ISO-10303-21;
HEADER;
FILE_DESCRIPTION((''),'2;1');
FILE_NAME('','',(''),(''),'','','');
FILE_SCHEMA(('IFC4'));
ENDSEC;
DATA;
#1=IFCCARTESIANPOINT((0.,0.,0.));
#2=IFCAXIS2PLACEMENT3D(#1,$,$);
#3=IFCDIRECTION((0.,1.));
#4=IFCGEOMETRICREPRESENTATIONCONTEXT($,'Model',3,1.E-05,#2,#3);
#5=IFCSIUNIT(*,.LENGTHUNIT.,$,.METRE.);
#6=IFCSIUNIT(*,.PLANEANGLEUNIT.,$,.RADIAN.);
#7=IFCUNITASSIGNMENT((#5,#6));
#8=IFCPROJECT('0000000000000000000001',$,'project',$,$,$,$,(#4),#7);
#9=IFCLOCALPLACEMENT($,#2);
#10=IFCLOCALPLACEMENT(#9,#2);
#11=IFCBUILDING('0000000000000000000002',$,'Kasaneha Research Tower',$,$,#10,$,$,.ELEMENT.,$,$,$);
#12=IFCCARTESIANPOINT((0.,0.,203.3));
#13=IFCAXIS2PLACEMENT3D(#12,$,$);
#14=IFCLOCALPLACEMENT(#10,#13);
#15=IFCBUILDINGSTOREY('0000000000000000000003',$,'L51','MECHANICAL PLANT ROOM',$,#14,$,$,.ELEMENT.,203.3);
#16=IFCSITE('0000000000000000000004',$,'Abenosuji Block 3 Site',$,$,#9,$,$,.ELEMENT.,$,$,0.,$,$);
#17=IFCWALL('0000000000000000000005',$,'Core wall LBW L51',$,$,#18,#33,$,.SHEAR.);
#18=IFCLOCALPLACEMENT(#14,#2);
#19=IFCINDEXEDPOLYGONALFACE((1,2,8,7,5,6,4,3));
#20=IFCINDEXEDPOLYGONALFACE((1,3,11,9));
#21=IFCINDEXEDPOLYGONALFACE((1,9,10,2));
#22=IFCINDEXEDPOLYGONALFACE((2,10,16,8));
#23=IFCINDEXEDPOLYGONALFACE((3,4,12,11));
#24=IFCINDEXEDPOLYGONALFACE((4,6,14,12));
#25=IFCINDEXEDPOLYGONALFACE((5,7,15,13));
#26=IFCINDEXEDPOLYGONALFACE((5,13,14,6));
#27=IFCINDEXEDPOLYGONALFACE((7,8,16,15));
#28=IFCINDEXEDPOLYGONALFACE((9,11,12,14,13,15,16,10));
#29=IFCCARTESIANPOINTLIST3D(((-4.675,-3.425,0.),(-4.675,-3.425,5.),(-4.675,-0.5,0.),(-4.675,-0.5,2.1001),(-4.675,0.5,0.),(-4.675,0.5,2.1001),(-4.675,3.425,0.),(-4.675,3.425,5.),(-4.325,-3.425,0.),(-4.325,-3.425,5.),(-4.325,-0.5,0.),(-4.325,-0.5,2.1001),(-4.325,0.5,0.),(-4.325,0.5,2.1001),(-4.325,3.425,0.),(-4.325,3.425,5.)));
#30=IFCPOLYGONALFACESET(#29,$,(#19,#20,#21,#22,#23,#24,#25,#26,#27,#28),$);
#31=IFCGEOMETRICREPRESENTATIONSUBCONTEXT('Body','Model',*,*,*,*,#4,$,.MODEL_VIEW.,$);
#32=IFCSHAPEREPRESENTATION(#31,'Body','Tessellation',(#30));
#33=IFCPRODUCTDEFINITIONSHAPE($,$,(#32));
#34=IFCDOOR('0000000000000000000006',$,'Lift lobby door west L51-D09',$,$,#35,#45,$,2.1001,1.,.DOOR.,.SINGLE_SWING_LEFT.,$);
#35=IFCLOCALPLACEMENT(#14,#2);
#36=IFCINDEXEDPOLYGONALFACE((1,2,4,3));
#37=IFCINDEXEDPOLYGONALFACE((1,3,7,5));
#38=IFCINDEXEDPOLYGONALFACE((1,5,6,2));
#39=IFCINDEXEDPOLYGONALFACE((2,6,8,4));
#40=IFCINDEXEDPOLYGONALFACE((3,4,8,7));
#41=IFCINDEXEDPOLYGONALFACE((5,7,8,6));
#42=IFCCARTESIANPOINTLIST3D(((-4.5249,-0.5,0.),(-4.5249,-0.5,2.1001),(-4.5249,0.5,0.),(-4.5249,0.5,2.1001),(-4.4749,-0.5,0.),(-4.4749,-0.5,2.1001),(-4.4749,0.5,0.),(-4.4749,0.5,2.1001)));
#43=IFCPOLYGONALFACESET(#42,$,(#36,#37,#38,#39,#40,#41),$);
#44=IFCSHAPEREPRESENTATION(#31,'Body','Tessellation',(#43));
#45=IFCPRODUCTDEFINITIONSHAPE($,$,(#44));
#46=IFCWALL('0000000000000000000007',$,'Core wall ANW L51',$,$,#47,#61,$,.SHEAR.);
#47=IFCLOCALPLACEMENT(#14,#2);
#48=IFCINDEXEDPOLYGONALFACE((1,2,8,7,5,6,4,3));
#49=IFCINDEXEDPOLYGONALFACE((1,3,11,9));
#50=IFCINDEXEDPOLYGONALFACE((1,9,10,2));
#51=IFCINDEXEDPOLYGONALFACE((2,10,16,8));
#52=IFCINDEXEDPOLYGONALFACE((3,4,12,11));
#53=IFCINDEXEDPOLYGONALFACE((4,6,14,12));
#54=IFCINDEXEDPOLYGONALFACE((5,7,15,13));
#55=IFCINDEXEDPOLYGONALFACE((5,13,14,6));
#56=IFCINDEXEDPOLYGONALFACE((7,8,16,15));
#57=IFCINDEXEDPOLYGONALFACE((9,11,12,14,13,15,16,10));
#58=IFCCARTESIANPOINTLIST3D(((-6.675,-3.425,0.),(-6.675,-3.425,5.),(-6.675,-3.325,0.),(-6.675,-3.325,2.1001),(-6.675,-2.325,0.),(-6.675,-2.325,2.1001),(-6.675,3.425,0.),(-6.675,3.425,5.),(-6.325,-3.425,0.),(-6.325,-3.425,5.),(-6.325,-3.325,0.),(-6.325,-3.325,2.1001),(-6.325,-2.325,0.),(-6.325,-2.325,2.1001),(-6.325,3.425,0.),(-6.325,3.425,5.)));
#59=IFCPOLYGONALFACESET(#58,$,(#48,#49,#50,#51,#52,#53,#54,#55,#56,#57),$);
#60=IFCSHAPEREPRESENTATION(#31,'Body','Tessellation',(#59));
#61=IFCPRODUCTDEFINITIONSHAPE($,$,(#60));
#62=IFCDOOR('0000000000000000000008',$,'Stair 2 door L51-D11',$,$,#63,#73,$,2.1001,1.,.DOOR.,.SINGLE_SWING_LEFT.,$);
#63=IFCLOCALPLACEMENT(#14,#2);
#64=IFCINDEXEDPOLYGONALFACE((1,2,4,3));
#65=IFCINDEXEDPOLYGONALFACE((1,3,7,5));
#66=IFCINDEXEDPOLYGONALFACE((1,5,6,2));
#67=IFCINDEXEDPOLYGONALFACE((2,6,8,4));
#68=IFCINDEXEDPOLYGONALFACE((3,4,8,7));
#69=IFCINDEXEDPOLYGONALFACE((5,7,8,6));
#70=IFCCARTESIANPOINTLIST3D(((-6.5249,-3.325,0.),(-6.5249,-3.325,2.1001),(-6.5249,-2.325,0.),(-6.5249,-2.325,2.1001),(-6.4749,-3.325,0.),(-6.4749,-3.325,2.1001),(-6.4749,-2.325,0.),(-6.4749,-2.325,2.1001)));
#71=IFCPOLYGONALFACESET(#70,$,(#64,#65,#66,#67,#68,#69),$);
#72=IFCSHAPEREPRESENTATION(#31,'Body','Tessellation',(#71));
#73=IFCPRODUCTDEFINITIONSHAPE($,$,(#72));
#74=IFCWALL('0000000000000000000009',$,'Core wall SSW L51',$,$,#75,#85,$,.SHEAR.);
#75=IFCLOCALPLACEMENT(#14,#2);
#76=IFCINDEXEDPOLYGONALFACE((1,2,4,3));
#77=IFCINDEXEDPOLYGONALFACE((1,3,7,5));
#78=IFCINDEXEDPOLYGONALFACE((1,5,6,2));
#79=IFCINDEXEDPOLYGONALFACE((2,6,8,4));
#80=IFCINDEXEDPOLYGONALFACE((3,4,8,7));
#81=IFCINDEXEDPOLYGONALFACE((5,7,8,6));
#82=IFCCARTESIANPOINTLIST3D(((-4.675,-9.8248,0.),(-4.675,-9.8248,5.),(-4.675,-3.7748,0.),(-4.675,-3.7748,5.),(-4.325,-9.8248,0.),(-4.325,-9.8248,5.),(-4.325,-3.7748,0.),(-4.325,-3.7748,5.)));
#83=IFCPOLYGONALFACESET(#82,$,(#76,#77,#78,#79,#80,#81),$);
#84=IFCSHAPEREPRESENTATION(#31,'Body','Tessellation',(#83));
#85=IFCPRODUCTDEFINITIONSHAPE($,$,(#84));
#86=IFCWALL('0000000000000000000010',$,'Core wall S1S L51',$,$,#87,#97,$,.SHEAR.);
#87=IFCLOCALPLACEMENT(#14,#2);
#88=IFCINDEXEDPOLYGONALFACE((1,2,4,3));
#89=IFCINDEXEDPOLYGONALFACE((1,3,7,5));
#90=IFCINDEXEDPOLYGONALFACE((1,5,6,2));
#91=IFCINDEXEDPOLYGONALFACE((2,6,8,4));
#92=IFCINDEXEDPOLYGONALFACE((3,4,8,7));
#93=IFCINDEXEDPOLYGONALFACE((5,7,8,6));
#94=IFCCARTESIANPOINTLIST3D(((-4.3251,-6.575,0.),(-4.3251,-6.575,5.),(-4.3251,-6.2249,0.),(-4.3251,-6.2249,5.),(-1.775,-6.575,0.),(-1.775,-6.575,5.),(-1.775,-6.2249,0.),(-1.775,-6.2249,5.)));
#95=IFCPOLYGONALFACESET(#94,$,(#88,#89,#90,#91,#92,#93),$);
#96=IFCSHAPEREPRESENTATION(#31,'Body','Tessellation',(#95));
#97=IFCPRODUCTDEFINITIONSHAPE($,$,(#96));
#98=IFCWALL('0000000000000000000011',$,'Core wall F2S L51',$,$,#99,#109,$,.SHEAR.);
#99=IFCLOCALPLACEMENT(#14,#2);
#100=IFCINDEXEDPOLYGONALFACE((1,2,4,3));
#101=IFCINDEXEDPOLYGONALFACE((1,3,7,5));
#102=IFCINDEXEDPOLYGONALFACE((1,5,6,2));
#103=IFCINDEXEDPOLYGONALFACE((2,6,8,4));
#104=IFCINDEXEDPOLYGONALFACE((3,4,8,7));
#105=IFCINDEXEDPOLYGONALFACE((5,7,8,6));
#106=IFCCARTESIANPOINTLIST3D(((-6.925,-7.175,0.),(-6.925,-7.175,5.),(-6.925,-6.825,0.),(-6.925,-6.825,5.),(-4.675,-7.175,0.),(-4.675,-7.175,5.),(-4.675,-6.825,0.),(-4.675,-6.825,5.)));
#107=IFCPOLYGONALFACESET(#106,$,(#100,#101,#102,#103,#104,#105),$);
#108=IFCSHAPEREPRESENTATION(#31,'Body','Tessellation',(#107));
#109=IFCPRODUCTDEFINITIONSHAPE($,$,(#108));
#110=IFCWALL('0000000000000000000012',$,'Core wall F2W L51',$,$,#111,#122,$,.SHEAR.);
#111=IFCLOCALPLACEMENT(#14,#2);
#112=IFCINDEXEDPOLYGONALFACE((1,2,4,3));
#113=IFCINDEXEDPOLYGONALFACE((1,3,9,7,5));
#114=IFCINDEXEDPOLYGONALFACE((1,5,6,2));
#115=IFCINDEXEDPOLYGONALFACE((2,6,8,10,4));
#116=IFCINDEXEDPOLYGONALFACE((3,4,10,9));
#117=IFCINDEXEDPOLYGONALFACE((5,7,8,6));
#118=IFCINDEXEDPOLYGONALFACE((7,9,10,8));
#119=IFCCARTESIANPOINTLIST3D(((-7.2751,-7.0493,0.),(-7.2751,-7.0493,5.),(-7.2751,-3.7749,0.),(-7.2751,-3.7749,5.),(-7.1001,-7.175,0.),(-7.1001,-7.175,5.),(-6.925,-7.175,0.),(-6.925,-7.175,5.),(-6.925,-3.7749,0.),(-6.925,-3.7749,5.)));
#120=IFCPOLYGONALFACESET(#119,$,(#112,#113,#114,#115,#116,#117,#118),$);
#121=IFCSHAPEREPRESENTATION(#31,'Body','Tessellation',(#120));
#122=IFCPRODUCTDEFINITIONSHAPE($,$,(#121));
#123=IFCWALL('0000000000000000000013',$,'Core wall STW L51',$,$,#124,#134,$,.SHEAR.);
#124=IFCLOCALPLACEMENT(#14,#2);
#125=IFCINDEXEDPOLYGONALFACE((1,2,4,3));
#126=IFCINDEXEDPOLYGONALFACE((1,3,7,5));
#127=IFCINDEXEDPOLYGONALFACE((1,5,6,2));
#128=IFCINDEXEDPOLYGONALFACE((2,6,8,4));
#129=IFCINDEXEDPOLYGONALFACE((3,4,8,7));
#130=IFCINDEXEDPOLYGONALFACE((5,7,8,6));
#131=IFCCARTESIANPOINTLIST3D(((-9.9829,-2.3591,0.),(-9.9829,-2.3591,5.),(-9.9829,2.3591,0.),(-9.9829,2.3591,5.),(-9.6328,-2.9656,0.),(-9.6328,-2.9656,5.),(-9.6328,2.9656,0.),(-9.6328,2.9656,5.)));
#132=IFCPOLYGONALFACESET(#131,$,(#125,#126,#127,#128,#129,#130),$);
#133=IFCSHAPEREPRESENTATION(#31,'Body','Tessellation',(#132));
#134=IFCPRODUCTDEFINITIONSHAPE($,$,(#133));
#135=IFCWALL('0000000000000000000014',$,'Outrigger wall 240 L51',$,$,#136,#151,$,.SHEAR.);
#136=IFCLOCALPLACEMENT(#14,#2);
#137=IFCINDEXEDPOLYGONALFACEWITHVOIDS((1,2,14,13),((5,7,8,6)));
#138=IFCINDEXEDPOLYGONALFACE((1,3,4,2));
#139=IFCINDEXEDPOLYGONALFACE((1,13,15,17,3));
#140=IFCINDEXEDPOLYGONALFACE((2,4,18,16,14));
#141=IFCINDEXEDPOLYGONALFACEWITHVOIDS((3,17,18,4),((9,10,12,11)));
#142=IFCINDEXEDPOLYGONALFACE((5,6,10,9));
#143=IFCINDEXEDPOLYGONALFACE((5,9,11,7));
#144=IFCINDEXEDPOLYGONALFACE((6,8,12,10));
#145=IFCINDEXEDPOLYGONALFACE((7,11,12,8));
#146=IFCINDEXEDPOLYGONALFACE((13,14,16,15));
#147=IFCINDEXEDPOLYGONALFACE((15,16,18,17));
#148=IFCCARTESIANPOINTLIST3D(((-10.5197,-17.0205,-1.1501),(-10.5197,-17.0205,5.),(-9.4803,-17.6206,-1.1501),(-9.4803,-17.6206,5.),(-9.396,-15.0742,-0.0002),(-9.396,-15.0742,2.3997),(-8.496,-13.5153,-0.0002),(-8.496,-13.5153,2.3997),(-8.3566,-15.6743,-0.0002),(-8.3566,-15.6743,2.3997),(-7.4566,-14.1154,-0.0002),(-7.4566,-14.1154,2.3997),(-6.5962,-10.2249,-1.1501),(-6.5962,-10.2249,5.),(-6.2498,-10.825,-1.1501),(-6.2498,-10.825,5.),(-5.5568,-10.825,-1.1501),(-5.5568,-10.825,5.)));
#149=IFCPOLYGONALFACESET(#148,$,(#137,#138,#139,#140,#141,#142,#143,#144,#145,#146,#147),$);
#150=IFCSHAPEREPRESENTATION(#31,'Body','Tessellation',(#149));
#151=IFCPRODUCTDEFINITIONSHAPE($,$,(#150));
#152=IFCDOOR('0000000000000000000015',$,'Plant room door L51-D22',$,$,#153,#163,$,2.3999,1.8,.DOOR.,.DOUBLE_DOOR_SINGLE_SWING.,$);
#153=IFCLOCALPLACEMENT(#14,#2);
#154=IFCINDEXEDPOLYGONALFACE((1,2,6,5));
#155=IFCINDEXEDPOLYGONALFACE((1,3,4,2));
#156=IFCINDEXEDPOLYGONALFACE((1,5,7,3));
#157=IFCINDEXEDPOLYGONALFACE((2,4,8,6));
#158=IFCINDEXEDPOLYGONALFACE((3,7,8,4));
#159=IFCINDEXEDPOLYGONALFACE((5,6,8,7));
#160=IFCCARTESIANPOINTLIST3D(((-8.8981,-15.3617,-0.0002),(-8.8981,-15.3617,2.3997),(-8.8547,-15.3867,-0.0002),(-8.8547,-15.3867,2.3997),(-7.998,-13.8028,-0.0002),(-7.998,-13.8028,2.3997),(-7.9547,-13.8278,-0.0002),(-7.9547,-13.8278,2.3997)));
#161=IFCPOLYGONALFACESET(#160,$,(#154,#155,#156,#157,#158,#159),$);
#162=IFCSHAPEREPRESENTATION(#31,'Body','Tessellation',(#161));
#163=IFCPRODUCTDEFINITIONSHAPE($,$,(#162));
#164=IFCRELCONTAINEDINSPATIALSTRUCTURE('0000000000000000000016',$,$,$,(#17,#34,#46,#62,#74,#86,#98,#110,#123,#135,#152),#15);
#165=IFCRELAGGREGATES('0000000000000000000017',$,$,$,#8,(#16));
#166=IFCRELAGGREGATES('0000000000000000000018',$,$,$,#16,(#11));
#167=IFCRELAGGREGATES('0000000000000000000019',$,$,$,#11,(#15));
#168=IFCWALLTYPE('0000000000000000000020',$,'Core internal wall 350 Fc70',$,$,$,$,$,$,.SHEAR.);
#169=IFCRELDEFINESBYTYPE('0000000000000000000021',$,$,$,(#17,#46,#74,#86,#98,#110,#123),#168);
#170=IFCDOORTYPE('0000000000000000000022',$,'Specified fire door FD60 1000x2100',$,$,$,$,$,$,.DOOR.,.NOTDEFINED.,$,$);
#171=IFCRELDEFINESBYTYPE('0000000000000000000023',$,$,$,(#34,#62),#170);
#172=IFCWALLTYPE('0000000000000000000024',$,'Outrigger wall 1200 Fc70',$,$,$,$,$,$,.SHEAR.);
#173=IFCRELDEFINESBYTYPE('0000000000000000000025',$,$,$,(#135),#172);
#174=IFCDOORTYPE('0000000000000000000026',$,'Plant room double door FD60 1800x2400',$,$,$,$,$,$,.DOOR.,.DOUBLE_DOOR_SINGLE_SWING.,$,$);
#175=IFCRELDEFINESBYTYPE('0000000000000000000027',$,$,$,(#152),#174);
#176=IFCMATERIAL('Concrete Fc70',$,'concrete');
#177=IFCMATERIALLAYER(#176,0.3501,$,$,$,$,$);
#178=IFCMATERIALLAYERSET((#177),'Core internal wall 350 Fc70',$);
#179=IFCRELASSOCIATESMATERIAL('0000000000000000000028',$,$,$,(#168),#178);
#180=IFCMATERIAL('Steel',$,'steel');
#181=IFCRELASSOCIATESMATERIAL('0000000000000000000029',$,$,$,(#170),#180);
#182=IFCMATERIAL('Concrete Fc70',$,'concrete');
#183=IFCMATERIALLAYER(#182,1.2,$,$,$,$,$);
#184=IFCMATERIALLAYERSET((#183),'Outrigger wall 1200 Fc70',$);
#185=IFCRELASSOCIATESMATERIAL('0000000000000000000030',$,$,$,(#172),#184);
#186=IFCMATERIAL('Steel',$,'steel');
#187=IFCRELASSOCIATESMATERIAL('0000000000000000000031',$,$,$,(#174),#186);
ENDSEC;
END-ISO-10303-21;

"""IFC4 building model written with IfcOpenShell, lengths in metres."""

from ifc_helpers import new_model, si_unit, direction, frame, frame_2d, origin, place, context, subcontext, project, spatial, polyline, rectangle, outline, extrude, material, layer, layer_set, type_object, element, fill, save


model = new_model("IFC4")

# Units and contexts
model_context = context("Model", 3, precision=1e-05, world=origin(), true_north=direction((0.0, 1.0)))
body_context = subcontext(model_context, "Body", "Model", "MODEL_VIEW")
ifc_project = project(units=[si_unit("LENGTHUNIT", "METRE"), si_unit("PLANEANGLEUNIT", "RADIAN")], contexts=[model_context])

# Site, building, storey
site_placement = place(None, origin())
site = spatial("IfcSite", under=ifc_project, at=site_placement, Name="Abenosuji Block 3 Site", CompositionType="ELEMENT", RefElevation=0.0)
building_placement = place(site_placement, origin())
building = spatial("IfcBuilding", under=site, at=building_placement, Name="Kasaneha Research Tower", CompositionType="ELEMENT")
storey_placement = place(building_placement, frame((0.0, 0.0, 203.3)))
storey = spatial("IfcBuildingStorey", under=building, at=storey_placement, Name="L51", Description="MECHANICAL PLANT ROOM", CompositionType="ELEMENT", Elevation=203.3)

# Walls, openings, doors
ifc_material_1 = material(Name="Concrete Fc70", Category="concrete")
ifc_layer_1 = layer(ifc_material_1, 0.3501)
ifc_layer_set_1 = layer_set([ifc_layer_1], Name="Core internal wall 350 Fc70")
wall_type_1 = type_object("IfcWallType", Name="Core internal wall 350 Fc70", PredefinedType="SHEAR", material=ifc_layer_set_1)
wall_1_placement = place(storey_placement, frame((-4.5, -3.425, 0.0), z_axis=(0.0, 0.0, 1.0), x_axis=(0.0, 1.0, 0.0)))
wall_1 = element("IfcWall", 1, at=wall_1_placement, inside=storey, type_object=wall_type_1, Name="Core wall LBW L51", PredefinedType="SHEAR", context=body_context, shape_type="SweptSolid", body=[
    extrude(rectangle(XDim=6.8501, YDim=0.3501, at=frame_2d((3.425, 0.0))), origin(), (0.0, 0.0, 1.0), 5.0),
])
opening_1_placement = place(wall_1_placement, frame((2.925, 0.0, 0.0)))
opening_1 = element("IfcOpeningElement", 2, at=opening_1_placement, cuts=wall_1, PredefinedType="OPENING", context=body_context, shape_type="SweptSolid", body=[
    extrude(rectangle(XDim=1.0, YDim=2.1001, at=frame_2d((0.5, 1.05))), frame((0.0, 0.1851, 0.0), z_axis=(0.0, -1.0, 0.0), x_axis=(1.0, 0.0, 0.0)), (0.0, 0.0, 1.0), 0.3701),
])
ifc_material_2 = material(Name="Steel", Category="steel")
door_type_1 = type_object("IfcDoorType", Name="Specified fire door FD60 1000x2100", OperationType="NOTDEFINED", PredefinedType="DOOR", material=ifc_material_2)
door_1_placement = place(opening_1_placement, origin())
door_1 = element("IfcDoor", 3, at=door_1_placement, inside=storey, type_object=door_type_1, Name="Lift lobby door west L51-D09", OperationType="SINGLE_SWING_LEFT", OverallHeight=2.1001, OverallWidth=1.0, PredefinedType="DOOR", context=body_context, shape_type="SweptSolid", body=[
    extrude(rectangle(XDim=1.0, YDim=2.1001, at=frame_2d((0.5, 1.05))), frame((0.0, 0.0249, 0.0), z_axis=(0.0, -1.0, 0.0), x_axis=(1.0, 0.0, 0.0)), (0.0, 0.0, 1.0), 0.05),
])
fill(opening_1, door_1)
wall_2_placement = place(storey_placement, frame((-6.5, -3.425, 0.0), z_axis=(0.0, 0.0, 1.0), x_axis=(0.0, 1.0, 0.0)))
wall_2 = element("IfcWall", 4, at=wall_2_placement, inside=storey, type_object=wall_type_1, Name="Core wall ANW L51", PredefinedType="SHEAR", context=body_context, shape_type="SweptSolid", body=[
    extrude(rectangle(XDim=6.8501, YDim=0.3501, at=frame_2d((3.425, 0.0))), origin(), (0.0, 0.0, 1.0), 5.0),
])
opening_2_placement = place(wall_2_placement, frame((0.1001, 0.0, 0.0)))
opening_2 = element("IfcOpeningElement", 5, at=opening_2_placement, cuts=wall_2, PredefinedType="OPENING", context=body_context, shape_type="SweptSolid", body=[
    extrude(rectangle(XDim=1.0, YDim=2.1001, at=frame_2d((0.5, 1.05))), frame((0.0, 0.1851, 0.0), z_axis=(0.0, -1.0, 0.0), x_axis=(1.0, 0.0, 0.0)), (0.0, 0.0, 1.0), 0.3701),
])
door_2_placement = place(opening_2_placement, origin())
door_2 = element("IfcDoor", 6, at=door_2_placement, inside=storey, type_object=door_type_1, Name="Stair 2 door L51-D11", OperationType="SINGLE_SWING_LEFT", OverallHeight=2.1001, OverallWidth=1.0, PredefinedType="DOOR", context=body_context, shape_type="SweptSolid", body=[
    extrude(rectangle(XDim=1.0, YDim=2.1001, at=frame_2d((0.5, 1.05))), frame((0.0, 0.0249, 0.0), z_axis=(0.0, -1.0, 0.0), x_axis=(1.0, 0.0, 0.0)), (0.0, 0.0, 1.0), 0.05),
])
fill(opening_2, door_2)

# Walls
wall_3_placement = place(storey_placement, frame((-4.5, -3.7749, 0.0), z_axis=(0.0, 0.0, 1.0), x_axis=(0.0, -1.0, 0.0)))
element("IfcWall", 7, at=wall_3_placement, inside=storey, type_object=wall_type_1, Name="Core wall SSW L51", PredefinedType="SHEAR", context=body_context, shape_type="SweptSolid", body=[
    extrude(rectangle(XDim=6.05, YDim=0.3501, at=frame_2d((3.0249, 0.0))), origin(), (0.0, 0.0, 1.0), 5.0),
])
wall_4_placement = place(storey_placement, frame((-4.325, -6.3999, 0.0), z_axis=(0.0, 0.0, 1.0), x_axis=(1.0, 0.0, 0.0)))
element("IfcWall", 8, at=wall_4_placement, inside=storey, type_object=wall_type_1, Name="Core wall S1S L51", PredefinedType="SHEAR", context=body_context, shape_type="SweptSolid", body=[
    extrude(rectangle(XDim=2.55, YDim=0.3501, at=frame_2d((1.2749, 0.0))), origin(), (0.0, 0.0, 1.0), 5.0),
])
wall_5_placement = place(storey_placement, frame((-6.925, -7.0, 0.0), z_axis=(0.0, 0.0, 1.0), x_axis=(1.0, 0.0, 0.0)))
element("IfcWall", 9, at=wall_5_placement, inside=storey, type_object=wall_type_1, Name="Core wall F2S L51", PredefinedType="SHEAR", context=body_context, shape_type="SweptSolid", body=[
    extrude(rectangle(XDim=2.25, YDim=0.3501, at=frame_2d((1.125, 0.0))), origin(), (0.0, 0.0, 1.0), 5.0),
])
wall_6_placement = place(storey_placement, frame((-7.1001, -3.7749, 0.0), z_axis=(0.0, 0.0, 1.0), x_axis=(0.0, -1.0, 0.0)))
element("IfcWall", 10, at=wall_6_placement, inside=storey, type_object=wall_type_1, Name="Core wall F2W L51", PredefinedType="SHEAR", context=body_context, shape_type="SweptSolid", body=[
    extrude(outline(polyline([(0.0, -0.175), (3.2744, -0.175), (3.4001, 0.0), (3.4001, 0.175), (0.0, 0.175), (0.0, -0.175)])), origin(), (0.0, 0.0, 1.0), 5.0),
])
wall_7_placement = place(storey_placement, frame((-9.8079, -2.6624, 0.0), z_axis=(0.0, 0.0, 1.0), x_axis=(0.0, 1.0, 0.0)))
element("IfcWall", 11, at=wall_7_placement, inside=storey, type_object=wall_type_1, Name="Core wall STW L51", PredefinedType="SHEAR", context=body_context, shape_type="SweptSolid", body=[
    extrude(outline(polyline([(-0.3032, -0.175), (5.6279, -0.175), (5.0215, 0.175), (0.3032, 0.175), (-0.3032, -0.175)])), origin(), (0.0, 0.0, 1.0), 5.0),
])

# Wall, opening, door
ifc_material_3 = material(Name="Concrete Fc70", Category="concrete")
ifc_layer_2 = layer(ifc_material_3, 1.2)
ifc_layer_set_2 = layer_set([ifc_layer_2], Name="Outrigger wall 1200 Fc70")
wall_type_2 = type_object("IfcWallType", Name="Outrigger wall 1200 Fc70", PredefinedType="SHEAR", material=ifc_layer_set_2)
wall_8_placement = place(storey_placement, frame((-6.2498, -10.825, -1.1501), z_axis=(0.0, 0.0, 1.0), x_axis=(-0.5, -0.866025, 0.0)))
wall_8 = element("IfcWall", 12, at=wall_8_placement, inside=storey, type_object=wall_type_2, Name="Outrigger wall 240 L51", PredefinedType="SHEAR", context=body_context, shape_type="SweptSolid", body=[
    extrude(outline(polyline([(-0.3464, -0.6001), (3.4531, -0.6001), (5.2532, -0.6001), (7.5005, -0.6001), (7.5005, 0.6001), (5.2532, 0.6001), (3.4531, 0.6001), (-0.3464, 0.6001), (0.0, 0.0), (-0.3464, -0.6001)])), origin(), (0.0, 0.0, 1.0), 6.1501),
])
opening_3_placement = place(wall_8_placement, frame((3.4531, 0.0, 1.1499)))
opening_3 = element("IfcOpeningElement", 13, at=opening_3_placement, cuts=wall_8, PredefinedType="OPENING", context=body_context, shape_type="SweptSolid", body=[
    extrude(rectangle(XDim=1.8, YDim=2.3999, at=frame_2d((0.8999, 1.2))), frame((0.0, 0.6099, 0.0), z_axis=(0.0, -1.0, 0.0), x_axis=(1.0, 0.0, 0.0)), (0.0, 0.0, 1.0), 1.22),
])
ifc_material_4 = material(Name="Steel", Category="steel")
door_type_2 = type_object("IfcDoorType", Name="Plant room double door FD60 1800x2400", OperationType="DOUBLE_DOOR_SINGLE_SWING", PredefinedType="DOOR", material=ifc_material_4)
door_3_placement = place(opening_3_placement, origin())
door_3 = element("IfcDoor", 14, at=door_3_placement, inside=storey, type_object=door_type_2, Name="Plant room door L51-D22", OperationType="DOUBLE_DOOR_SINGLE_SWING", OverallHeight=2.3999, OverallWidth=1.8, PredefinedType="DOOR", context=body_context, shape_type="SweptSolid", body=[
    extrude(rectangle(XDim=1.8, YDim=2.3999, at=frame_2d((0.8999, 1.2))), frame((0.0, 0.0249, 0.0), z_axis=(0.0, -1.0, 0.0), x_axis=(1.0, 0.0, 0.0)), (0.0, 0.0, 1.0), 0.05),
])
fill(opening_3, door_3)

save(model, "model.ifc")
